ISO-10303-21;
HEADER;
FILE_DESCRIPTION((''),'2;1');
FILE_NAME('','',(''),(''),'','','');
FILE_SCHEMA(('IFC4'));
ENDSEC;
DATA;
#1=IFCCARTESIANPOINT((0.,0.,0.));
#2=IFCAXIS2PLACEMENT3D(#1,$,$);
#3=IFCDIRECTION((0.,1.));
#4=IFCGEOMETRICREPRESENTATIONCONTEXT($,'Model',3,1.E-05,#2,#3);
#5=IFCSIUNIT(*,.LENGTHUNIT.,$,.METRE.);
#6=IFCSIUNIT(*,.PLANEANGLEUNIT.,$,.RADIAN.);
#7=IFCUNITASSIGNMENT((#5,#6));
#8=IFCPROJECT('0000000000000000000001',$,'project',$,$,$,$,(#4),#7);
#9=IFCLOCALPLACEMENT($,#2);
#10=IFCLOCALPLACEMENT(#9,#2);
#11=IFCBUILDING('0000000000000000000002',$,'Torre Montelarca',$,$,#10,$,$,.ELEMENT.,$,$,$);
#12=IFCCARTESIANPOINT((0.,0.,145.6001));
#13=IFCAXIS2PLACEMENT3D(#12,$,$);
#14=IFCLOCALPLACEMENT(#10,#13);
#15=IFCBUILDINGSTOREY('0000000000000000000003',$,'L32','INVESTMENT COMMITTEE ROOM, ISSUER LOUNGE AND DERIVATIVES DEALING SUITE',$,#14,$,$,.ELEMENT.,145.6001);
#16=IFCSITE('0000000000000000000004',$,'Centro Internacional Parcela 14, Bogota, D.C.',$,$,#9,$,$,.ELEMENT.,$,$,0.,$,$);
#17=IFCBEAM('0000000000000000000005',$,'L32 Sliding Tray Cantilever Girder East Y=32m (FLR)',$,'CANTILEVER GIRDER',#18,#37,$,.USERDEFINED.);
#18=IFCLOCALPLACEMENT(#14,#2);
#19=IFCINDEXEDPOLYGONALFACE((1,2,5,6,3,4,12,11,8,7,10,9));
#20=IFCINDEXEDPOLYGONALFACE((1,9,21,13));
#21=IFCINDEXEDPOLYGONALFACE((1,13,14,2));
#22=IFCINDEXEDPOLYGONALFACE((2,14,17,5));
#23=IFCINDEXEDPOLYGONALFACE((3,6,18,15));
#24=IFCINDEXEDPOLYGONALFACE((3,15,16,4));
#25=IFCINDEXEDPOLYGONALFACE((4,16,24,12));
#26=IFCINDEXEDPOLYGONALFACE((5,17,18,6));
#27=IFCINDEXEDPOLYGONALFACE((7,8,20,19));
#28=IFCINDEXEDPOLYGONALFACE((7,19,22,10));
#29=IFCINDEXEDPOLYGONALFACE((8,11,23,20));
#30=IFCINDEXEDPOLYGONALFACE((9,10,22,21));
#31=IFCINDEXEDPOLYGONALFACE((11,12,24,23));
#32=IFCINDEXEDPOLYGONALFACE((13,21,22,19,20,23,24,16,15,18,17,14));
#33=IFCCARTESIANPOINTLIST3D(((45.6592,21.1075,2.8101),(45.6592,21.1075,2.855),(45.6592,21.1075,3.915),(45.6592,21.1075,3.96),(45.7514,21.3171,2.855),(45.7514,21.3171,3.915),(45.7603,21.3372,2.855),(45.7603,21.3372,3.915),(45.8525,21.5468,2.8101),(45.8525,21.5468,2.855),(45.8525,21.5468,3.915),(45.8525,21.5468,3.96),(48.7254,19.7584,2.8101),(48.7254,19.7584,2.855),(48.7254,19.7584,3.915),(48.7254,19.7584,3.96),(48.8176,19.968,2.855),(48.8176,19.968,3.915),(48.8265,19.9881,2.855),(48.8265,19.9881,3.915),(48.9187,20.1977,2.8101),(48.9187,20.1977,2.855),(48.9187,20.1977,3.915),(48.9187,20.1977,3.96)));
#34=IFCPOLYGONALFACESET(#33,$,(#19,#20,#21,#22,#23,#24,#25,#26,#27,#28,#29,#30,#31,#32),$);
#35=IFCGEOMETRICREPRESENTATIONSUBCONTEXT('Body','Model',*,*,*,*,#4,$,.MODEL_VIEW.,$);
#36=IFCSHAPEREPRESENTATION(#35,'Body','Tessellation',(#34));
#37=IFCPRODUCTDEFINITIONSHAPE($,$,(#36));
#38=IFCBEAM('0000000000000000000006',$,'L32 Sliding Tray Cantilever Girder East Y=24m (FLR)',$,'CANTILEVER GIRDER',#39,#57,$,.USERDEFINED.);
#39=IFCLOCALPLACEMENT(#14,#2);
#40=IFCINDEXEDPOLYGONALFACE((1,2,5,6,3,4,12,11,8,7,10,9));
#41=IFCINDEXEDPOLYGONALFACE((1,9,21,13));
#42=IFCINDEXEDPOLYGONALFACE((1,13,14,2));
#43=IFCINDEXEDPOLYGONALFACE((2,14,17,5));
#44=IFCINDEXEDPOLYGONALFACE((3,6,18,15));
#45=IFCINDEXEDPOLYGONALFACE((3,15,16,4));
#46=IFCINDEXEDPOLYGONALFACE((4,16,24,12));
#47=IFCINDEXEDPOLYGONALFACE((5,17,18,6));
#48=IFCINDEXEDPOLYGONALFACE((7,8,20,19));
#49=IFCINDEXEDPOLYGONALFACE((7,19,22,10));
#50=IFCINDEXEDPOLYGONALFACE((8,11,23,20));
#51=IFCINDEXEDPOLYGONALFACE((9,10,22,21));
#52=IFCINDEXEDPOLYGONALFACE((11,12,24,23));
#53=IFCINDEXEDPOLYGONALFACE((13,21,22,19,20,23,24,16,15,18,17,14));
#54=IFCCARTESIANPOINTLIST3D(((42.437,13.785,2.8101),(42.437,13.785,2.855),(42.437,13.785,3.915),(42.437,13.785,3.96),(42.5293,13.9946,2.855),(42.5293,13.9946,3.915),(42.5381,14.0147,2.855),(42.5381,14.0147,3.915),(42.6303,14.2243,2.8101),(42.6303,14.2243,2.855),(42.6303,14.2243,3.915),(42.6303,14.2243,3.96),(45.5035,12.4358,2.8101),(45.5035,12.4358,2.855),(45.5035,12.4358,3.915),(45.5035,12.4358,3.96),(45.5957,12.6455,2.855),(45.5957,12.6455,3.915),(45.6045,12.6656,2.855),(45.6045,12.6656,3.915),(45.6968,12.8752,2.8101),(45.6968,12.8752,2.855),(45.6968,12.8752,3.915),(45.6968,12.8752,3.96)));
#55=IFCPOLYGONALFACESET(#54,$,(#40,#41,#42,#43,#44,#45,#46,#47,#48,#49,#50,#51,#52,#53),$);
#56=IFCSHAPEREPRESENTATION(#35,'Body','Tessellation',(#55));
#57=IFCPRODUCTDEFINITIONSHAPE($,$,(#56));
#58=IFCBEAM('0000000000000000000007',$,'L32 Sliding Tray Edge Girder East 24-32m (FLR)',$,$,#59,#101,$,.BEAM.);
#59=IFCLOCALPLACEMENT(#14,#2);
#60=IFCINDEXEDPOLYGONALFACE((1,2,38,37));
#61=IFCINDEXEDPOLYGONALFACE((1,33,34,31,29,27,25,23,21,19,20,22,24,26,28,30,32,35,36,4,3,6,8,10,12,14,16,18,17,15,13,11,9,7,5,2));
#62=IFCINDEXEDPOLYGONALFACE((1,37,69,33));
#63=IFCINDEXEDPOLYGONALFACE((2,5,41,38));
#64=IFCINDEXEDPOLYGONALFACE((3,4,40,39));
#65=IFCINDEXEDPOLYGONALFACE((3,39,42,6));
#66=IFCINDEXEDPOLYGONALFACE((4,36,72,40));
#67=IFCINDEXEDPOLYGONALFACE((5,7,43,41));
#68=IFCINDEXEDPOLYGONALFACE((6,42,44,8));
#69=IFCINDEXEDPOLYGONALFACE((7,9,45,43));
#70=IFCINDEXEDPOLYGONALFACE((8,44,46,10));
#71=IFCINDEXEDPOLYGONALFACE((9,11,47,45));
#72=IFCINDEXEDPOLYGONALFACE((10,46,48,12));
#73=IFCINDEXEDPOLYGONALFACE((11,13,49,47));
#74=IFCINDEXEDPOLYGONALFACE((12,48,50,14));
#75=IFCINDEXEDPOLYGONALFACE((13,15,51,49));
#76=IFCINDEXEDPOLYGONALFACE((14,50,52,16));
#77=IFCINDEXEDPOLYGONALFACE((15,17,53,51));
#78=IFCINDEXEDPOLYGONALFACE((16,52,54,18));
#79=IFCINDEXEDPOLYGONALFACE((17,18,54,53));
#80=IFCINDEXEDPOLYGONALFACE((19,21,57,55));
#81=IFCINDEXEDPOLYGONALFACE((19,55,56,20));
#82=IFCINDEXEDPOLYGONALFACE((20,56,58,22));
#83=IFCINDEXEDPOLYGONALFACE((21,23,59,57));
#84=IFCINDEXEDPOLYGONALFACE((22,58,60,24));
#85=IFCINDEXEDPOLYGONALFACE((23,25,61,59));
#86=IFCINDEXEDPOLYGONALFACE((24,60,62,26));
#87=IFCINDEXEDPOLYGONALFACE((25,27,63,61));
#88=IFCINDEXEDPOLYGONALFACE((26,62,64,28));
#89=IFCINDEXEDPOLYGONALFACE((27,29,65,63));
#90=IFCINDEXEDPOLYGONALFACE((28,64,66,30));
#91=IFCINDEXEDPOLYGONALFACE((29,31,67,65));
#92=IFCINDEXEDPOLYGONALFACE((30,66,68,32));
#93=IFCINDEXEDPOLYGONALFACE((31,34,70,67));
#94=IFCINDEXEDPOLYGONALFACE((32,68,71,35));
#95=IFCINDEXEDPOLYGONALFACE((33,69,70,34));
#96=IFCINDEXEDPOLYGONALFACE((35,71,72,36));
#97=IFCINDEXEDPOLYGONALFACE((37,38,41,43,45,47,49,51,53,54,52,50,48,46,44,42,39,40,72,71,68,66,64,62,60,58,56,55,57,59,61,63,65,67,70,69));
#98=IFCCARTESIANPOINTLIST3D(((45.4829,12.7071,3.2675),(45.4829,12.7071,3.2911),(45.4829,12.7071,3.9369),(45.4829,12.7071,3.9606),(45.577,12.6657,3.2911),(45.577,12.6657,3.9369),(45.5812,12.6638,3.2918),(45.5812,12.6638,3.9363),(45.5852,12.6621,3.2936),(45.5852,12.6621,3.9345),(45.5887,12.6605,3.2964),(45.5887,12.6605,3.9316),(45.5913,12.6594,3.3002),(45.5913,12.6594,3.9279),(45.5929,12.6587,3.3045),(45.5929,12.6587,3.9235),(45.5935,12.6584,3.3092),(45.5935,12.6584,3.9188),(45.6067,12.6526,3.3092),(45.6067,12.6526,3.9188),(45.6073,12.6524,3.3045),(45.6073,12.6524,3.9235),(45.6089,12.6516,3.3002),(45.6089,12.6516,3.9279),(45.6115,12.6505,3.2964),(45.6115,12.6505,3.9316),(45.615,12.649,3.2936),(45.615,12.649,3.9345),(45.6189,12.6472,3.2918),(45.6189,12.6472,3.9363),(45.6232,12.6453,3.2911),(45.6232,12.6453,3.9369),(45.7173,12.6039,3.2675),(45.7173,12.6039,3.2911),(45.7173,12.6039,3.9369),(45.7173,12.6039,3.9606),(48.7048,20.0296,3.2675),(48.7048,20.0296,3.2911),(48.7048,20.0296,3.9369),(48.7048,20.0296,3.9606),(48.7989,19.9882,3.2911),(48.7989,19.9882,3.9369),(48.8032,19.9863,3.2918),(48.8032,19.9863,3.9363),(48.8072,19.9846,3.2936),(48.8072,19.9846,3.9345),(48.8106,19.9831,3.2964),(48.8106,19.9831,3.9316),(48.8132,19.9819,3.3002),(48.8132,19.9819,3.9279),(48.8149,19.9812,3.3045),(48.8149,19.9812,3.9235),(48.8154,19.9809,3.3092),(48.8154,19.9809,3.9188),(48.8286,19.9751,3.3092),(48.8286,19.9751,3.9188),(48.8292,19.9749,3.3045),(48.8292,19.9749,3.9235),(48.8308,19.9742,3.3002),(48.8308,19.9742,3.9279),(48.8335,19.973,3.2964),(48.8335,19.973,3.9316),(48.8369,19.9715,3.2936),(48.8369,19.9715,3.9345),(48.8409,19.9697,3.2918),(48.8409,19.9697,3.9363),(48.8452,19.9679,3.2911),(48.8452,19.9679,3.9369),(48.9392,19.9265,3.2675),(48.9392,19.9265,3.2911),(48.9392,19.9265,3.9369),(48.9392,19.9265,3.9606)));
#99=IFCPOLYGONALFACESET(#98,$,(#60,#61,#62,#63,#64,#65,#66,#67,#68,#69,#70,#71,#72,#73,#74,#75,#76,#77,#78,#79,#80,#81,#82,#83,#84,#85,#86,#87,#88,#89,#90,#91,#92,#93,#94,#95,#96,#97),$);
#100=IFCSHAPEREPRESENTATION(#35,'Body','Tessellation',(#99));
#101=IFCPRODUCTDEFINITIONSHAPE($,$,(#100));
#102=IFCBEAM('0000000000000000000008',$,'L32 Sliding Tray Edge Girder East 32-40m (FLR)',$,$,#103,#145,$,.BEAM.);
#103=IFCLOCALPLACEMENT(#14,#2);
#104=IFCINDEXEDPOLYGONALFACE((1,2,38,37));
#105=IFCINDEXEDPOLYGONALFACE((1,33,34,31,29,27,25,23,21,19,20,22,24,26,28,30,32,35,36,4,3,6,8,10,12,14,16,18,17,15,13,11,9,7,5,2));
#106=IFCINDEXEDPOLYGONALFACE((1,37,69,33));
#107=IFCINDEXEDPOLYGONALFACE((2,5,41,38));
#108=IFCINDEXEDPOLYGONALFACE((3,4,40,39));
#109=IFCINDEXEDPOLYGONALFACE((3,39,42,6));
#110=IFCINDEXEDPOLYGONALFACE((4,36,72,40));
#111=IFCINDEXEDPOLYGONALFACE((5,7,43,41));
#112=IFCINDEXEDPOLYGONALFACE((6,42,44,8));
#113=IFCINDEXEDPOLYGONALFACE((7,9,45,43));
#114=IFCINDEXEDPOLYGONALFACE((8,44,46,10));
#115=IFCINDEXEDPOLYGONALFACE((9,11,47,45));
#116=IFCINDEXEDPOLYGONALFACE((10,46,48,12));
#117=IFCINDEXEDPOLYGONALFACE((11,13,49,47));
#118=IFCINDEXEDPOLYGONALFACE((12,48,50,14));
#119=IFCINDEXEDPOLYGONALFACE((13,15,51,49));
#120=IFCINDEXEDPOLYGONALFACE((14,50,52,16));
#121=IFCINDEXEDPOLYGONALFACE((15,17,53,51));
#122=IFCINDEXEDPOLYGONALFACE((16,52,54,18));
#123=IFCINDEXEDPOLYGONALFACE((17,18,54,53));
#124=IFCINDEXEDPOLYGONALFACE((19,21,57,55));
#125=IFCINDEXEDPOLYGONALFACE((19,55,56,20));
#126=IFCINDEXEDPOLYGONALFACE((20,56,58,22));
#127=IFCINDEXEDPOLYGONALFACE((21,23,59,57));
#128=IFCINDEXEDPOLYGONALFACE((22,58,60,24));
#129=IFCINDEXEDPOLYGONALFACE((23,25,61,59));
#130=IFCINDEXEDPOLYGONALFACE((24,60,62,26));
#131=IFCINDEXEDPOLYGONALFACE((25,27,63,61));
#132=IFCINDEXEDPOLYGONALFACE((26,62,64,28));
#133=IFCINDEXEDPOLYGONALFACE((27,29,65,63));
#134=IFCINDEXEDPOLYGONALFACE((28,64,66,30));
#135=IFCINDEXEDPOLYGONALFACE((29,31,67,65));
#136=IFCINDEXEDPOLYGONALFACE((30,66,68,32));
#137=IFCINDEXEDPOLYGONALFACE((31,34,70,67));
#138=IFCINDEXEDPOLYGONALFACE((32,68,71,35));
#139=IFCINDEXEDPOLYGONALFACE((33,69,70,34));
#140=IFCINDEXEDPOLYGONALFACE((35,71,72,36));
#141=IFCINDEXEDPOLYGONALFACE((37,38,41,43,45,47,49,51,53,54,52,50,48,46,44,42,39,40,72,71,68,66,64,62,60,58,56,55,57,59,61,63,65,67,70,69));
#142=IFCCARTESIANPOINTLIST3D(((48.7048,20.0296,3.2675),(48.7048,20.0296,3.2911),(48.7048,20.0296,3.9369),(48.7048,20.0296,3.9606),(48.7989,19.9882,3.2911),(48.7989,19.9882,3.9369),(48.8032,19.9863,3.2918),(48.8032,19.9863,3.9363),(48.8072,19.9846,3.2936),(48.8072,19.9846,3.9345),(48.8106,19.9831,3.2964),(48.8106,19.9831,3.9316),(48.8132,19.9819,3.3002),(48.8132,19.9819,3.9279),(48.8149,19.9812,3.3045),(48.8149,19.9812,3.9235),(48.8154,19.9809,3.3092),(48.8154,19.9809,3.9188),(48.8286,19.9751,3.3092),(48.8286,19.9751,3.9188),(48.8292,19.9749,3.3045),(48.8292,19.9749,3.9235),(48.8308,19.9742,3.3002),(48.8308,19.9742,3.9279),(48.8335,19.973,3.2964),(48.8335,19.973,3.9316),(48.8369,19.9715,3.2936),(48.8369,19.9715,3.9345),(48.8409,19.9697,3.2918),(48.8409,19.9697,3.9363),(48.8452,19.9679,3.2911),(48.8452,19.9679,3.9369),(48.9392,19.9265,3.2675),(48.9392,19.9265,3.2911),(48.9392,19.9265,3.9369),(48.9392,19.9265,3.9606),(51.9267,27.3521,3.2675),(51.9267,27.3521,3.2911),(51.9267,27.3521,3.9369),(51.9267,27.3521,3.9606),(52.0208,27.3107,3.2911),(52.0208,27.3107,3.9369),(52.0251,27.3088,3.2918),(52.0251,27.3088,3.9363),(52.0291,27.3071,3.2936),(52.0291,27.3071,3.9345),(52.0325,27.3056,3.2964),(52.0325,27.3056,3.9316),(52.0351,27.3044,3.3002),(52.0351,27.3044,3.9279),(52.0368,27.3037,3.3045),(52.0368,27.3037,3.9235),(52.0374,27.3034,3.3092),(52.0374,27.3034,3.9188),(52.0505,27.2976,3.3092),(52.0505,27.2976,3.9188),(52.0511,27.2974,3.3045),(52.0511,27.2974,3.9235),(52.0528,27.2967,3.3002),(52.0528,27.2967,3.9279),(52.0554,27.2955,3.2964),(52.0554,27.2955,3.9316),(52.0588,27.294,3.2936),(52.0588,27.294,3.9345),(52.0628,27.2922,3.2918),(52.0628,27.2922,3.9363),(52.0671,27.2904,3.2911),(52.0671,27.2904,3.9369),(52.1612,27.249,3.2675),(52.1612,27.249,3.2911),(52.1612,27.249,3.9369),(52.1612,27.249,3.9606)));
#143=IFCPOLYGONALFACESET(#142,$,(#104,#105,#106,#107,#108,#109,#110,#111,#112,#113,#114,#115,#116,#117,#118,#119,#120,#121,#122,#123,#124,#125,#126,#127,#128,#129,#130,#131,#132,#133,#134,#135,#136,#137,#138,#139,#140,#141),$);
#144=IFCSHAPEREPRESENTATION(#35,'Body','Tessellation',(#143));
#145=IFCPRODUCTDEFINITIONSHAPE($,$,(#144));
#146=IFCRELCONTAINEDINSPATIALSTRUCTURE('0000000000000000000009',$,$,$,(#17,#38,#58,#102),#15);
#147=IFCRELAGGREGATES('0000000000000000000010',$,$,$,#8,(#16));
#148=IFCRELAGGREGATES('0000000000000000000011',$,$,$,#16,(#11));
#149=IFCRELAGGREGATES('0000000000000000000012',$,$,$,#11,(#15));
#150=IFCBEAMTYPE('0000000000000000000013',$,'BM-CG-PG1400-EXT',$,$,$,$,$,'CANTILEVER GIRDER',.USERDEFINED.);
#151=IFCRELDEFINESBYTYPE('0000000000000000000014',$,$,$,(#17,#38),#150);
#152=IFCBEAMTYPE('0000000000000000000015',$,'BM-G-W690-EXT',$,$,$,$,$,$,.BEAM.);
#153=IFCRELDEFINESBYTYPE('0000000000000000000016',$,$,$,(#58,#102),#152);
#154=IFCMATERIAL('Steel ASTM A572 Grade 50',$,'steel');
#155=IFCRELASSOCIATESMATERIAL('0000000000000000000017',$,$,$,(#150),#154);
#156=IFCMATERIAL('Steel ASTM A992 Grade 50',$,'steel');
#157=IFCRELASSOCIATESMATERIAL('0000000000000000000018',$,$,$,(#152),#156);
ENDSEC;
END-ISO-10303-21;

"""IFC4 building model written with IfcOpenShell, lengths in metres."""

from ifc_helpers import new_model, si_unit, direction, frame, origin, origin_2d, place, context, subcontext, project, spatial, i_section, extrude, source, transform, mapped, material, material_profile, profile_set, type_object, element, save


model = new_model("IFC4")

# Units and contexts
model_context = context("Model", 3, precision=1e-05, world=origin(), true_north=direction((0.0, 1.0)))
body_context = subcontext(model_context, "Body", "Model", "MODEL_VIEW")
ifc_project = project(units=[si_unit("LENGTHUNIT", "METRE"), si_unit("PLANEANGLEUNIT", "RADIAN")], contexts=[model_context])

# Site, building, storey
site_placement = place(None, origin())
site = spatial("IfcSite", under=ifc_project, at=site_placement, Name="Centro Internacional Parcela 14, Bogota, D.C.", CompositionType="ELEMENT", RefElevation=0.0)
building_placement = place(site_placement, origin())
building = spatial("IfcBuilding", under=site, at=building_placement, Name="Torre Montelarca", CompositionType="ELEMENT")
storey_placement = place(building_placement, frame((0.0, 0.0, 145.6001)))
storey = spatial("IfcBuildingStorey", under=building, at=storey_placement, Name="L32", Description="INVESTMENT COMMITTEE ROOM, ISSUER LOUNGE AND DERIVATIVES DEALING SUITE", CompositionType="ELEMENT", Elevation=145.6001)

# Beams
ifc_material_1 = material(Name="Steel ASTM A572 Grade 50", Category="steel")
ifc_material_profile_1 = material_profile(ifc_material_1, i_section(OverallWidth=0.48, OverallDepth=1.1499, WebThickness=0.022, FlangeThickness=0.0449, at=origin_2d()), Name="PG1150X480X22X45", Category="steel")
ifc_profile_set_1 = profile_set([ifc_material_profile_1], Name="Steel ASTM A572 Grade 50")
beam_type_1 = type_object("IfcBeamType", Name="BM-CG-PG1400-EXT", ElementType="CANTILEVER GIRDER", PredefinedType="USERDEFINED", material=ifc_profile_set_1)
shared_shape_1 = source(origin(), body_context, "Body", "SweptSolid", [
    extrude(i_section(OverallWidth=0.48, OverallDepth=1.1499, WebThickness=0.022, FlangeThickness=0.0449, at=origin_2d()), origin(), (0.0, 0.0, 1.0), 3.3499),
])
beam_1_placement = place(storey_placement, frame((45.7559, 21.3271, 3.385), z_axis=(0.915314, -0.402741, 0.0), x_axis=(0.402741, 0.915314, 0.0)))
element("IfcBeam", 1, at=beam_1_placement, inside=storey, type_object=beam_type_1, Name="L32 Sliding Tray Cantilever Girder East Y=32m (FLR)", ObjectType="CANTILEVER GIRDER", PredefinedType="USERDEFINED", context=body_context, shape_type="MappedRepresentation", body=[
    mapped(shared_shape_1, transform((0.0, 0.0, 0.0), scale=1.0)),
])
shared_shape_2 = source(origin(), body_context, "Body", "SweptSolid", [
    extrude(i_section(OverallWidth=0.48, OverallDepth=1.1499, WebThickness=0.022, FlangeThickness=0.0449, at=origin_2d()), origin(), (0.0, 0.0, 1.0), 3.3501),
])
beam_2_placement = place(storey_placement, frame((42.5337, 14.0046, 3.385), z_axis=(0.915326, -0.402714, 0.0), x_axis=(0.402714, 0.915326, 0.0)))
element("IfcBeam", 2, at=beam_2_placement, inside=storey, type_object=beam_type_1, Name="L32 Sliding Tray Cantilever Girder East Y=24m (FLR)", ObjectType="CANTILEVER GIRDER", PredefinedType="USERDEFINED", context=body_context, shape_type="MappedRepresentation", body=[
    mapped(shared_shape_2, transform((0.0, 0.0, 0.0), scale=1.0)),
])
ifc_material_2 = material(Name="Steel ASTM A992 Grade 50", Category="steel")
ifc_material_profile_2 = material_profile(ifc_material_2, i_section(OverallWidth=0.2561, OverallDepth=0.6931, WebThickness=0.0144, FlangeThickness=0.0237, FilletRadius=0.0181, at=origin_2d()), Name="W690X170", Category="steel")
ifc_profile_set_2 = profile_set([ifc_material_profile_2], Name="Steel ASTM A992 Grade 50")
beam_type_2 = type_object("IfcBeamType", Name="BM-G-W690-EXT", PredefinedType="BEAM", material=ifc_profile_set_2)
shared_shape_3 = source(origin(), body_context, "Body", "SweptSolid", [
    extrude(i_section(OverallWidth=0.2561, OverallDepth=0.6931, WebThickness=0.0144, FlangeThickness=0.0237, FilletRadius=0.0181, at=origin_2d()), origin(), (0.0, 0.0, 1.0), 8.0),
])
for number, where, z_axis, x_axis, name in (
    (3, (45.6001, 12.6555, 3.614), (0.402741, 0.915314, 0.0), (-0.915314, 0.402741, 0.0), "L32 Sliding Tray Edge Girder East 24-32m (FLR)"),
    (4, (48.822, 19.978, 3.614), (0.402741, 0.915314, 0.0), (-0.915314, 0.402741, 0.0), "L32 Sliding Tray Edge Girder East 32-40m (FLR)"),
):
    element("IfcBeam", number, at=place(storey_placement, frame(where, z_axis=z_axis, x_axis=x_axis)), inside=storey, type_object=beam_type_2, Name=name, PredefinedType="BEAM", context=body_context, shape_type="MappedRepresentation", body=[
        mapped(shared_shape_3, transform((0.0, 0.0, 0.0), scale=1.0)),
    ])

save(model, "model.ifc")
